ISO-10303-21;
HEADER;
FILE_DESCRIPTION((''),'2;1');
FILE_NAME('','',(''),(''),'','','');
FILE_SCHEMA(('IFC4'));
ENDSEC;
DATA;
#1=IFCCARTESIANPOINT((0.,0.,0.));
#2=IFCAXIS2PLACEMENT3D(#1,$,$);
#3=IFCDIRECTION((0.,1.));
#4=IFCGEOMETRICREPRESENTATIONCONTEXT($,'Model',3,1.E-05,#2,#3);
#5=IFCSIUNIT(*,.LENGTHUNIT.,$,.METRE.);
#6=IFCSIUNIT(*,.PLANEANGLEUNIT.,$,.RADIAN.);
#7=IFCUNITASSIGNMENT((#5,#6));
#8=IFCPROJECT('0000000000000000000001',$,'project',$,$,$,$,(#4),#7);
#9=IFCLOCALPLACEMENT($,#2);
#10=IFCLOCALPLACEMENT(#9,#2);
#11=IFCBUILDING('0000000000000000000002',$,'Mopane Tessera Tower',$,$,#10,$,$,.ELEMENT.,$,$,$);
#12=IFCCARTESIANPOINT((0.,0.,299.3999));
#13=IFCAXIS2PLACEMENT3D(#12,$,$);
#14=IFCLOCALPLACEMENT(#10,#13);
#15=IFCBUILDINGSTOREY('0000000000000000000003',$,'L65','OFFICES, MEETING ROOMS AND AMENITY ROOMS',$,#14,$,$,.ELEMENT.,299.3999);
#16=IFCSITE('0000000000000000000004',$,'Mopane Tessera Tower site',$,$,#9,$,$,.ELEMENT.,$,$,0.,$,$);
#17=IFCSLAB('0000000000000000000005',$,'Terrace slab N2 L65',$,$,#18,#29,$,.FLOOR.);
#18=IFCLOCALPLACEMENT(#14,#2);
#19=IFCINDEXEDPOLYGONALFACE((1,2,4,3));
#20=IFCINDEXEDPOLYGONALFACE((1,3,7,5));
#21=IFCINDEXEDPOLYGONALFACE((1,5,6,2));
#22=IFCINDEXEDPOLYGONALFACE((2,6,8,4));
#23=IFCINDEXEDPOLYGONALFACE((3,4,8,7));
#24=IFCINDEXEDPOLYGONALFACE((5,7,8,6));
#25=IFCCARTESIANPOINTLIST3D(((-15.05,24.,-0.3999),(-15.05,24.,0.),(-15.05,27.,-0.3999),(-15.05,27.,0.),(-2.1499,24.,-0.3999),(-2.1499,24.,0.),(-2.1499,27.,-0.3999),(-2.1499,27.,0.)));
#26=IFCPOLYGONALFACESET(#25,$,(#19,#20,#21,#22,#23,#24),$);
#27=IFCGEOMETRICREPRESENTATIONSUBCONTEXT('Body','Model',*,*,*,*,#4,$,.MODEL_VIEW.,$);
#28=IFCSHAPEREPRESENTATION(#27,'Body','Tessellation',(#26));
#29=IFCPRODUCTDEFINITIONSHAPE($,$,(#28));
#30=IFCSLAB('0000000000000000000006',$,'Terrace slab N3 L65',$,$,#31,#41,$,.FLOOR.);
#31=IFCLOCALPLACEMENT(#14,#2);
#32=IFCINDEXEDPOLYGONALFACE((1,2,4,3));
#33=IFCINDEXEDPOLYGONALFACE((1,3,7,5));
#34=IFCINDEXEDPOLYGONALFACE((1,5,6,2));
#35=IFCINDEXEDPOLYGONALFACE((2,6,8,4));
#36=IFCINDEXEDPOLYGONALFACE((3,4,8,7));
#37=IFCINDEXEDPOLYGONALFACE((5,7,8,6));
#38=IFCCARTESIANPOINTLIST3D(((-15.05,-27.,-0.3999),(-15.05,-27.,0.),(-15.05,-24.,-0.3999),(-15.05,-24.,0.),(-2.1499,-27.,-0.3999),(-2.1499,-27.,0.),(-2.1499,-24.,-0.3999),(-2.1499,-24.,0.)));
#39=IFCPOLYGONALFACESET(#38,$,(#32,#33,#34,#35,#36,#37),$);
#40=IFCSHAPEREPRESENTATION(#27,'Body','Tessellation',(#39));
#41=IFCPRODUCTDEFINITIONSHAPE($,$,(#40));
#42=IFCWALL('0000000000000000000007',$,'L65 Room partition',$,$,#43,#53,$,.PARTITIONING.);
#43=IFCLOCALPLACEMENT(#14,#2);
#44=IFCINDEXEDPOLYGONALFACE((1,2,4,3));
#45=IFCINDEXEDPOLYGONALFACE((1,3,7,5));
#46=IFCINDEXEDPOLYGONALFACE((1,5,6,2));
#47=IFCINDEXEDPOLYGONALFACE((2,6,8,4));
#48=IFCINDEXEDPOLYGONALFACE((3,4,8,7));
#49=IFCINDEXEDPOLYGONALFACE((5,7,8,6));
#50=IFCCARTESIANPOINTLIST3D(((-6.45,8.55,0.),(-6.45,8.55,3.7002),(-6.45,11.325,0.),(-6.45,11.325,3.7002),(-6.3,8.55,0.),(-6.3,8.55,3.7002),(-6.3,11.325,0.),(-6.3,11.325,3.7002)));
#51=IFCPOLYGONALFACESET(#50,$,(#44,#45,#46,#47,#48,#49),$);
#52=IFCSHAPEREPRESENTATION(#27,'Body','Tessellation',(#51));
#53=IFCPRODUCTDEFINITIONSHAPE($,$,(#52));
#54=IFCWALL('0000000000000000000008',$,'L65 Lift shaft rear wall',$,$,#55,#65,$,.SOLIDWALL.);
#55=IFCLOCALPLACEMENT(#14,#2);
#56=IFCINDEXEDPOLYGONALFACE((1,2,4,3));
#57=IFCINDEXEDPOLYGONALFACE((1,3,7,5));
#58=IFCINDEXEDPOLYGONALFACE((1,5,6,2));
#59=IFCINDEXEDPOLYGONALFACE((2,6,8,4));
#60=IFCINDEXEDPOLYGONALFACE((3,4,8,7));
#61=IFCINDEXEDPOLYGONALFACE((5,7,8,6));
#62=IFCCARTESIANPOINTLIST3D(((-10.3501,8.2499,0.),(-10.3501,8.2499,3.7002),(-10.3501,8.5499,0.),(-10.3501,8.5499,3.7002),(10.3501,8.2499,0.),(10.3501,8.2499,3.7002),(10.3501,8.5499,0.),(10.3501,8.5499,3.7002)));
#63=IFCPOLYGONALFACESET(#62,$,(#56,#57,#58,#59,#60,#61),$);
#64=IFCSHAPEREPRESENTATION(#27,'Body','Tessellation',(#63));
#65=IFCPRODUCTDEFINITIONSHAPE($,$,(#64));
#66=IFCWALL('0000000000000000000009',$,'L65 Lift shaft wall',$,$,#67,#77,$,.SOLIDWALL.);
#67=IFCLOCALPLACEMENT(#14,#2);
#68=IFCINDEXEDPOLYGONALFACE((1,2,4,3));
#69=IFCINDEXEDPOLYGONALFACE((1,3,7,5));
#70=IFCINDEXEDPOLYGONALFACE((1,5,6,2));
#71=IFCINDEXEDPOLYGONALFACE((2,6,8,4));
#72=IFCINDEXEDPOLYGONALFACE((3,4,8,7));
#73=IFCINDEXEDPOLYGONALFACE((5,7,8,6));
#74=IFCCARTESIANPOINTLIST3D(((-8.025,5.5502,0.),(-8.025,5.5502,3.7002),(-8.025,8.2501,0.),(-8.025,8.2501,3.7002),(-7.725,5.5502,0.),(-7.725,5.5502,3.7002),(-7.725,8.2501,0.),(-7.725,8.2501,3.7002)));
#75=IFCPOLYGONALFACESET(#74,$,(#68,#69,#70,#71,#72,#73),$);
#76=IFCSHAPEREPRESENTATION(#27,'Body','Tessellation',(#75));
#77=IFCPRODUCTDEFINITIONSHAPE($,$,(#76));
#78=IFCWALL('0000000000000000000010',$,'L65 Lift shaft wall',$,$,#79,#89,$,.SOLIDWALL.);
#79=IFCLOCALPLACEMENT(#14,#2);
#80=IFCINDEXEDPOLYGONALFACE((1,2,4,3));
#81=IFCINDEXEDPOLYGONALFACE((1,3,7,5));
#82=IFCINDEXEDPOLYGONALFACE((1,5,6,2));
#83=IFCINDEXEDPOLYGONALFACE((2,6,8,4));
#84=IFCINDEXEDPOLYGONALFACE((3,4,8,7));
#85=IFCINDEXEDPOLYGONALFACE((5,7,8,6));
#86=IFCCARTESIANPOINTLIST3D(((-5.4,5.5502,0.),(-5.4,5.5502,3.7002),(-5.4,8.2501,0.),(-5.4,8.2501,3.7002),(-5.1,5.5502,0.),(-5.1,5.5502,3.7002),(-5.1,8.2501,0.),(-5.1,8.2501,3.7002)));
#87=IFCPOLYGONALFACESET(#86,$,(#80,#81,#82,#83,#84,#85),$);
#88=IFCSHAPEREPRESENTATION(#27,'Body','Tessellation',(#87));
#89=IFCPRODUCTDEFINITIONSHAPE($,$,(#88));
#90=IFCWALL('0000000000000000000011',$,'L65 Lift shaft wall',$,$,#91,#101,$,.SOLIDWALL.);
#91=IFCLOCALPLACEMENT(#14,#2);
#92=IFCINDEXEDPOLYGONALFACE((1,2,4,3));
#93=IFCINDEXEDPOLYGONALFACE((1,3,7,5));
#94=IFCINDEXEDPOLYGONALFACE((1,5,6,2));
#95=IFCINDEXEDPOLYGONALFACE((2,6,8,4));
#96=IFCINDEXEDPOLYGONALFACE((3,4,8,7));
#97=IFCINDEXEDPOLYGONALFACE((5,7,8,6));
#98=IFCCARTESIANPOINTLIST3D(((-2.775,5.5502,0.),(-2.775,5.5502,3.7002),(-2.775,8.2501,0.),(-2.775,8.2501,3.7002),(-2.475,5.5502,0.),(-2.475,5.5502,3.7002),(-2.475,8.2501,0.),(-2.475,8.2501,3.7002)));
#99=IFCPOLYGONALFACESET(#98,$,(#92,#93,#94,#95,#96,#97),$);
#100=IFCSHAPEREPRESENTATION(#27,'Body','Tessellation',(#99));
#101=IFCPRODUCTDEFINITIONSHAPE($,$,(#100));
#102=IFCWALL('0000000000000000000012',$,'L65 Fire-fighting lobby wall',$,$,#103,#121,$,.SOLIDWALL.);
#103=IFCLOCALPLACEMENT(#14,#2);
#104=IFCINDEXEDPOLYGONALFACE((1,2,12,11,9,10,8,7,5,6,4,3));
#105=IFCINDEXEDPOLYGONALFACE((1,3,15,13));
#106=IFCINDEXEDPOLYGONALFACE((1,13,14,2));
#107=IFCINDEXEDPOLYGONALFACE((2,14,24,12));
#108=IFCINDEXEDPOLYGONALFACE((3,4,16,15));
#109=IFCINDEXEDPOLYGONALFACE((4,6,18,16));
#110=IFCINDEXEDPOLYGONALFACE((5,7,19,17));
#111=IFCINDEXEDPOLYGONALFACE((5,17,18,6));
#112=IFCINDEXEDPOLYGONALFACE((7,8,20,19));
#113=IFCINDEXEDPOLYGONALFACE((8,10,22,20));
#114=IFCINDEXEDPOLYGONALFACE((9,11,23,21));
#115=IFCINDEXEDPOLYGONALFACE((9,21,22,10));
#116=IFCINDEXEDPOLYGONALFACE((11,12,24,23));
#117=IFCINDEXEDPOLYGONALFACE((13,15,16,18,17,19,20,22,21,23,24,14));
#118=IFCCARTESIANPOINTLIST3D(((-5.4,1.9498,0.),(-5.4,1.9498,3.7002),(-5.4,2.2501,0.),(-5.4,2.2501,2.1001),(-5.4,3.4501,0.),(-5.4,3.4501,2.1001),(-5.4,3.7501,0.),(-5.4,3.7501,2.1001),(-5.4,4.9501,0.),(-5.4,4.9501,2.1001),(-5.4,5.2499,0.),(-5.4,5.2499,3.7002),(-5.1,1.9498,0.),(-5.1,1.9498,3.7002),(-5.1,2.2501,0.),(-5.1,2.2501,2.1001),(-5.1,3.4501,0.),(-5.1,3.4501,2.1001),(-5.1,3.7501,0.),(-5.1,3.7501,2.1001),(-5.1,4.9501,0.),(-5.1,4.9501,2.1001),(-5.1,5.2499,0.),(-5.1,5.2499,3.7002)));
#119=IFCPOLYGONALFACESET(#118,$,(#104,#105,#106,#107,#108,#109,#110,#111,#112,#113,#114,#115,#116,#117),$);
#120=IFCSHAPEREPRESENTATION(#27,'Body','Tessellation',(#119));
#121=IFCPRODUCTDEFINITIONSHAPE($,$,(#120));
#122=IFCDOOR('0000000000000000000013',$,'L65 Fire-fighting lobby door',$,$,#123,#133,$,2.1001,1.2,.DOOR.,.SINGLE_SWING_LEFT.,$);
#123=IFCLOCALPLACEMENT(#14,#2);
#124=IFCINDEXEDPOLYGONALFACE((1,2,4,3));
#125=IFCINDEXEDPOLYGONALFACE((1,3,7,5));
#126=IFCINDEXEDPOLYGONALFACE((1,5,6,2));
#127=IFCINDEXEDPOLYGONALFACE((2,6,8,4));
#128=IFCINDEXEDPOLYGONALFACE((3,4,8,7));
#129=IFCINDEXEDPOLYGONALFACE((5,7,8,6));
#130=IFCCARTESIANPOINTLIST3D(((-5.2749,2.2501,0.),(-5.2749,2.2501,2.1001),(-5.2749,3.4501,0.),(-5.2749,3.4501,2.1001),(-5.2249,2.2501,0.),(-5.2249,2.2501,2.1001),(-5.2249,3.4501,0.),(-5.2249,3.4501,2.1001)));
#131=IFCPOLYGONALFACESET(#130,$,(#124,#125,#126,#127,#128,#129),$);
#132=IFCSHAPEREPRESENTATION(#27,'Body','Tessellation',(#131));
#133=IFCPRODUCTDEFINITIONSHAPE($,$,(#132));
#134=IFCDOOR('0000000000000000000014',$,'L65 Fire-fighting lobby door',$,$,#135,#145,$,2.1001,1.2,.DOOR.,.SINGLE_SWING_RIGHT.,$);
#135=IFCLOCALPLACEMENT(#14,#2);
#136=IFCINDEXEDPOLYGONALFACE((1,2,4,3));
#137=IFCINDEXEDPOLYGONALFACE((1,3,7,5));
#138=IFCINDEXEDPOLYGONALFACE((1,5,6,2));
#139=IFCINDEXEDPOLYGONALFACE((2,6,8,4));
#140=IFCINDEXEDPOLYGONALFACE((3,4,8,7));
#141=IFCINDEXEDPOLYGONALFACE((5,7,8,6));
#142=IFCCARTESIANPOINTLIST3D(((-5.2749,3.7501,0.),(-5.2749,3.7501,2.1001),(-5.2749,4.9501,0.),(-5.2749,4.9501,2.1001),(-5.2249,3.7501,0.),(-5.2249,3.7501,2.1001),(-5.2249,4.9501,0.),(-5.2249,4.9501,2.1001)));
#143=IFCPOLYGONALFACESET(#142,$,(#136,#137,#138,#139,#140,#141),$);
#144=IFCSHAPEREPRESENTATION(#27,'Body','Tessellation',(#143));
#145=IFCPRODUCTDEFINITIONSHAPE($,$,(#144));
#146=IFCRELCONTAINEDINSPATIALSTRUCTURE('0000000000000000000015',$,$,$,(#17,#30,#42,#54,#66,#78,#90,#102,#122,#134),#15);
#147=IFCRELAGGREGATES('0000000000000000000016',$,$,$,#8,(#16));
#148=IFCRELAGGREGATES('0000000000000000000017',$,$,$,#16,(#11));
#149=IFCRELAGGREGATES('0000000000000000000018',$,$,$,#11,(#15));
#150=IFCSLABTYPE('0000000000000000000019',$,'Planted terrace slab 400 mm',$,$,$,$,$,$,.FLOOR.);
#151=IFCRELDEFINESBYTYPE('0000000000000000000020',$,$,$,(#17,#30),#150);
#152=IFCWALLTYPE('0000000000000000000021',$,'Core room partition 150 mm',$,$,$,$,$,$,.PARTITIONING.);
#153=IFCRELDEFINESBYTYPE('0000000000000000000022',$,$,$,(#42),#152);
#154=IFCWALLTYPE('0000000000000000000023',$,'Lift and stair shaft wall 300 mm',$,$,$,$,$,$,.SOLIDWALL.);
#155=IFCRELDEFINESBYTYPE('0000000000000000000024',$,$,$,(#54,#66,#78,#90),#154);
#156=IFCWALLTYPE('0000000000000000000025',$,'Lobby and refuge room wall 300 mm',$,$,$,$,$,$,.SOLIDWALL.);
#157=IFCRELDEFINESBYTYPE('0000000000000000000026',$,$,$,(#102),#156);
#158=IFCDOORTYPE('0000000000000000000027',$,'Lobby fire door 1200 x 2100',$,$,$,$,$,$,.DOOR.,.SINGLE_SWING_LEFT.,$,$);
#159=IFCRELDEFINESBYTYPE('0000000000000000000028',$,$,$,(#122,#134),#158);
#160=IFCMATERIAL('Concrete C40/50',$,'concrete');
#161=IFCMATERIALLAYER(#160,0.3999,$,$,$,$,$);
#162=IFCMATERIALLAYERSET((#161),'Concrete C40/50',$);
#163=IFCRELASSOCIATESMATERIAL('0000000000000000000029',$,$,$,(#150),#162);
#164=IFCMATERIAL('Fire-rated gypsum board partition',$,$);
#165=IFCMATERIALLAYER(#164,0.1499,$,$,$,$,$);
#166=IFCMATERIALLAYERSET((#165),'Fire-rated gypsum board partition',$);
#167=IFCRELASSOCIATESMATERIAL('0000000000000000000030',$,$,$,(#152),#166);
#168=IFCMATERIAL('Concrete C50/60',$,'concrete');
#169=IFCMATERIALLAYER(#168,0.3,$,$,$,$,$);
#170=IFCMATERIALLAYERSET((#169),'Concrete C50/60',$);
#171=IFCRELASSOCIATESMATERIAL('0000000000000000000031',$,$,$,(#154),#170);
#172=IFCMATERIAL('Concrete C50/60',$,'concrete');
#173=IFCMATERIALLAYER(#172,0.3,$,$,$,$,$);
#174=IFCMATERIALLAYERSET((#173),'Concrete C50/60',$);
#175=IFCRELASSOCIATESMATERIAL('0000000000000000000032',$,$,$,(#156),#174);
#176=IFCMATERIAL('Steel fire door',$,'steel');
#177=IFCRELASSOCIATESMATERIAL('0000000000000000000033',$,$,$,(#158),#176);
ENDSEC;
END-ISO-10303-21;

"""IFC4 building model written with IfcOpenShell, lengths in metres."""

from ifc_helpers import new_model, si_unit, direction, frame, frame_2d, origin, place, context, subcontext, project, spatial, polyline, rectangle, outline, extrude, material, layer, layer_set, type_object, element, fill, save


model = new_model("IFC4")

# Units and contexts
model_context = context("Model", 3, precision=1e-05, world=origin(), true_north=direction((0.0, 1.0)))
body_context = subcontext(model_context, "Body", "Model", "MODEL_VIEW")
ifc_project = project(units=[si_unit("LENGTHUNIT", "METRE"), si_unit("PLANEANGLEUNIT", "RADIAN")], contexts=[model_context])

# Site, building, storey
site_placement = place(None, origin())
site = spatial("IfcSite", under=ifc_project, at=site_placement, Name="Mopane Tessera Tower site", CompositionType="ELEMENT", RefElevation=0.0)
building_placement = place(site_placement, origin())
building = spatial("IfcBuilding", under=site, at=building_placement, Name="Mopane Tessera Tower", CompositionType="ELEMENT")
storey_placement = place(building_placement, frame((0.0, 0.0, 299.3999)))
storey = spatial("IfcBuildingStorey", under=building, at=storey_placement, Name="L65", Description="OFFICES, MEETING ROOMS AND AMENITY ROOMS", CompositionType="ELEMENT", Elevation=299.3999)

# Slabs
ifc_material_1 = material(Name="Concrete C40/50", Category="concrete")
ifc_layer_1 = layer(ifc_material_1, 0.3999)
ifc_layer_set_1 = layer_set([ifc_layer_1], Name="Concrete C40/50")
slab_type = type_object("IfcSlabType", Name="Planted terrace slab 400 mm", PredefinedType="FLOOR", material=ifc_layer_set_1)
slab_1_placement = place(storey_placement, frame((0.0, 0.0, -0.3999)))
element("IfcSlab", 1, at=slab_1_placement, inside=storey, type_object=slab_type, Name="Terrace slab N2 L65", PredefinedType="FLOOR", context=body_context, shape_type="SweptSolid", body=[
    extrude(outline(polyline([(-15.05, 27.0), (-15.05, 24.0), (-2.1499, 24.0), (-2.1499, 27.0), (-15.05, 27.0)])), origin(), (0.0, 0.0, 1.0), 0.3999),
])
slab_2_placement = place(storey_placement, frame((0.0, 0.0, -0.3999)))
element("IfcSlab", 2, at=slab_2_placement, inside=storey, type_object=slab_type, Name="Terrace slab N3 L65", PredefinedType="FLOOR", context=body_context, shape_type="SweptSolid", body=[
    extrude(outline(polyline([(-2.1499, -27.0), (-2.1499, -24.0), (-15.05, -24.0), (-15.05, -27.0), (-2.1499, -27.0)])), origin(), (0.0, 0.0, 1.0), 0.3999),
])

# Walls
ifc_material_2 = material(Name="Fire-rated gypsum board partition")
ifc_layer_2 = layer(ifc_material_2, 0.1499)
ifc_layer_set_2 = layer_set([ifc_layer_2], Name="Fire-rated gypsum board partition")
wall_type_1 = type_object("IfcWallType", Name="Core room partition 150 mm", PredefinedType="PARTITIONING", material=ifc_layer_set_2)
wall_1_placement = place(storey_placement, frame((-6.375, 8.55, 0.0), z_axis=(0.0, 0.0, 1.0), x_axis=(0.0, 1.0, 0.0)))
element("IfcWall", 3, at=wall_1_placement, inside=storey, type_object=wall_type_1, Name="L65 Room partition", PredefinedType="PARTITIONING", context=body_context, shape_type="SweptSolid", body=[
    extrude(rectangle(XDim=2.7749, YDim=0.1499, at=frame_2d((1.3875, 0.0))), origin(), (0.0, 0.0, 1.0), 3.7002),
])
ifc_material_3 = material(Name="Concrete C50/60", Category="concrete")
ifc_layer_3 = layer(ifc_material_3, 0.3)
ifc_layer_set_3 = layer_set([ifc_layer_3], Name="Concrete C50/60")
wall_type_2 = type_object("IfcWallType", Name="Lift and stair shaft wall 300 mm", PredefinedType="SOLIDWALL", material=ifc_layer_set_3)
wall_2_placement = place(storey_placement, frame((-10.3501, 8.3999, 0.0), z_axis=(0.0, 0.0, 1.0), x_axis=(1.0, 0.0, 0.0)))
element("IfcWall", 4, at=wall_2_placement, inside=storey, type_object=wall_type_2, Name="L65 Lift shaft rear wall", PredefinedType="SOLIDWALL", context=body_context, shape_type="SweptSolid", body=[
    extrude(rectangle(XDim=20.7002, YDim=0.3, at=frame_2d((10.3501, 0.0))), origin(), (0.0, 0.0, 1.0), 3.7002),
])
for number, where, z_axis, x_axis, name in (
    (5, (-7.875, 5.55, 0.0), (0.0, 0.0, 1.0), (0.0, 1.0, 0.0), "L65 Lift shaft wall"),
    (6, (-5.25, 5.55, 0.0), (0.0, 0.0, 1.0), (0.0, 1.0, 0.0), "L65 Lift shaft wall"),
    (7, (-2.625, 5.55, 0.0), (0.0, 0.0, 1.0), (0.0, 1.0, 0.0), "L65 Lift shaft wall"),
):
    element("IfcWall", number, at=place(storey_placement, frame(where, z_axis=z_axis, x_axis=x_axis)), inside=storey, type_object=wall_type_2, Name=name, PredefinedType="SOLIDWALL", context=body_context, shape_type="SweptSolid", body=[
        extrude(rectangle(XDim=2.7, YDim=0.3, at=frame_2d((1.3501, 0.0))), origin(), (0.0, 0.0, 1.0), 3.7002),
    ])

# Wall, openings, doors
ifc_material_4 = material(Name="Concrete C50/60", Category="concrete")
ifc_layer_4 = layer(ifc_material_4, 0.3)
ifc_layer_set_4 = layer_set([ifc_layer_4], Name="Concrete C50/60")
wall_type_3 = type_object("IfcWallType", Name="Lobby and refuge room wall 300 mm", PredefinedType="SOLIDWALL", material=ifc_layer_set_4)
wall_3_placement = place(storey_placement, frame((-5.25, 1.95, 0.0), z_axis=(0.0, 0.0, 1.0), x_axis=(0.0, 1.0, 0.0)))
wall_3 = element("IfcWall", 8, at=wall_3_placement, inside=storey, type_object=wall_type_3, Name="L65 Fire-fighting lobby wall", PredefinedType="SOLIDWALL", context=body_context, shape_type="SweptSolid", body=[
    extrude(rectangle(XDim=3.3, YDim=0.3, at=frame_2d((1.6499, 0.0))), origin(), (0.0, 0.0, 1.0), 3.7002),
])
opening_1_placement = place(wall_3_placement, frame((0.3, 0.0, 0.0)))
opening_1 = element("IfcOpeningElement", 9, at=opening_1_placement, cuts=wall_3, PredefinedType="OPENING", context=body_context, shape_type="SweptSolid", body=[
    extrude(rectangle(XDim=1.2, YDim=2.1001, at=frame_2d((0.6001, 1.05))), frame((0.0, 0.1621, 0.0), z_axis=(0.0, -1.0, 0.0), x_axis=(1.0, 0.0, 0.0)), (0.0, 0.0, 1.0), 0.324),
])
opening_2_placement = place(wall_3_placement, frame((1.8, 0.0, 0.0)))
opening_2 = element("IfcOpeningElement", 10, at=opening_2_placement, cuts=wall_3, PredefinedType="OPENING", context=body_context, shape_type="SweptSolid", body=[
    extrude(rectangle(XDim=1.2, YDim=2.1001, at=frame_2d((0.6001, 1.05))), frame((0.0, 0.1621, 0.0), z_axis=(0.0, -1.0, 0.0), x_axis=(1.0, 0.0, 0.0)), (0.0, 0.0, 1.0), 0.324),
])
ifc_material_5 = material(Name="Steel fire door", Category="steel")
door_type = type_object("IfcDoorType", Name="Lobby fire door 1200 x 2100", OperationType="SINGLE_SWING_LEFT", PredefinedType="DOOR", material=ifc_material_5)
door_1_placement = place(opening_1_placement, origin())
door_1 = element("IfcDoor", 11, at=door_1_placement, inside=storey, type_object=door_type, Name="L65 Fire-fighting lobby door", OperationType="SINGLE_SWING_LEFT", OverallHeight=2.1001, OverallWidth=1.2, PredefinedType="DOOR", context=body_context, shape_type="SweptSolid", body=[
    extrude(rectangle(XDim=1.2, YDim=2.1001, at=frame_2d((0.6001, 1.05))), frame((0.0, 0.0249, 0.0), z_axis=(0.0, -1.0, 0.0), x_axis=(1.0, 0.0, 0.0)), (0.0, 0.0, 1.0), 0.05),
])
fill(opening_1, door_1)
door_2_placement = place(opening_2_placement, origin())
door_2 = element("IfcDoor", 12, at=door_2_placement, inside=storey, type_object=door_type, Name="L65 Fire-fighting lobby door", OperationType="SINGLE_SWING_RIGHT", OverallHeight=2.1001, OverallWidth=1.2, PredefinedType="DOOR", context=body_context, shape_type="SweptSolid", body=[
    extrude(rectangle(XDim=1.2, YDim=2.1001, at=frame_2d((0.6001, 1.05))), frame((0.0, 0.0249, 0.0), z_axis=(0.0, -1.0, 0.0), x_axis=(1.0, 0.0, 0.0)), (0.0, 0.0, 1.0), 0.05),
])
fill(opening_2, door_2)

save(model, "model.ifc")
